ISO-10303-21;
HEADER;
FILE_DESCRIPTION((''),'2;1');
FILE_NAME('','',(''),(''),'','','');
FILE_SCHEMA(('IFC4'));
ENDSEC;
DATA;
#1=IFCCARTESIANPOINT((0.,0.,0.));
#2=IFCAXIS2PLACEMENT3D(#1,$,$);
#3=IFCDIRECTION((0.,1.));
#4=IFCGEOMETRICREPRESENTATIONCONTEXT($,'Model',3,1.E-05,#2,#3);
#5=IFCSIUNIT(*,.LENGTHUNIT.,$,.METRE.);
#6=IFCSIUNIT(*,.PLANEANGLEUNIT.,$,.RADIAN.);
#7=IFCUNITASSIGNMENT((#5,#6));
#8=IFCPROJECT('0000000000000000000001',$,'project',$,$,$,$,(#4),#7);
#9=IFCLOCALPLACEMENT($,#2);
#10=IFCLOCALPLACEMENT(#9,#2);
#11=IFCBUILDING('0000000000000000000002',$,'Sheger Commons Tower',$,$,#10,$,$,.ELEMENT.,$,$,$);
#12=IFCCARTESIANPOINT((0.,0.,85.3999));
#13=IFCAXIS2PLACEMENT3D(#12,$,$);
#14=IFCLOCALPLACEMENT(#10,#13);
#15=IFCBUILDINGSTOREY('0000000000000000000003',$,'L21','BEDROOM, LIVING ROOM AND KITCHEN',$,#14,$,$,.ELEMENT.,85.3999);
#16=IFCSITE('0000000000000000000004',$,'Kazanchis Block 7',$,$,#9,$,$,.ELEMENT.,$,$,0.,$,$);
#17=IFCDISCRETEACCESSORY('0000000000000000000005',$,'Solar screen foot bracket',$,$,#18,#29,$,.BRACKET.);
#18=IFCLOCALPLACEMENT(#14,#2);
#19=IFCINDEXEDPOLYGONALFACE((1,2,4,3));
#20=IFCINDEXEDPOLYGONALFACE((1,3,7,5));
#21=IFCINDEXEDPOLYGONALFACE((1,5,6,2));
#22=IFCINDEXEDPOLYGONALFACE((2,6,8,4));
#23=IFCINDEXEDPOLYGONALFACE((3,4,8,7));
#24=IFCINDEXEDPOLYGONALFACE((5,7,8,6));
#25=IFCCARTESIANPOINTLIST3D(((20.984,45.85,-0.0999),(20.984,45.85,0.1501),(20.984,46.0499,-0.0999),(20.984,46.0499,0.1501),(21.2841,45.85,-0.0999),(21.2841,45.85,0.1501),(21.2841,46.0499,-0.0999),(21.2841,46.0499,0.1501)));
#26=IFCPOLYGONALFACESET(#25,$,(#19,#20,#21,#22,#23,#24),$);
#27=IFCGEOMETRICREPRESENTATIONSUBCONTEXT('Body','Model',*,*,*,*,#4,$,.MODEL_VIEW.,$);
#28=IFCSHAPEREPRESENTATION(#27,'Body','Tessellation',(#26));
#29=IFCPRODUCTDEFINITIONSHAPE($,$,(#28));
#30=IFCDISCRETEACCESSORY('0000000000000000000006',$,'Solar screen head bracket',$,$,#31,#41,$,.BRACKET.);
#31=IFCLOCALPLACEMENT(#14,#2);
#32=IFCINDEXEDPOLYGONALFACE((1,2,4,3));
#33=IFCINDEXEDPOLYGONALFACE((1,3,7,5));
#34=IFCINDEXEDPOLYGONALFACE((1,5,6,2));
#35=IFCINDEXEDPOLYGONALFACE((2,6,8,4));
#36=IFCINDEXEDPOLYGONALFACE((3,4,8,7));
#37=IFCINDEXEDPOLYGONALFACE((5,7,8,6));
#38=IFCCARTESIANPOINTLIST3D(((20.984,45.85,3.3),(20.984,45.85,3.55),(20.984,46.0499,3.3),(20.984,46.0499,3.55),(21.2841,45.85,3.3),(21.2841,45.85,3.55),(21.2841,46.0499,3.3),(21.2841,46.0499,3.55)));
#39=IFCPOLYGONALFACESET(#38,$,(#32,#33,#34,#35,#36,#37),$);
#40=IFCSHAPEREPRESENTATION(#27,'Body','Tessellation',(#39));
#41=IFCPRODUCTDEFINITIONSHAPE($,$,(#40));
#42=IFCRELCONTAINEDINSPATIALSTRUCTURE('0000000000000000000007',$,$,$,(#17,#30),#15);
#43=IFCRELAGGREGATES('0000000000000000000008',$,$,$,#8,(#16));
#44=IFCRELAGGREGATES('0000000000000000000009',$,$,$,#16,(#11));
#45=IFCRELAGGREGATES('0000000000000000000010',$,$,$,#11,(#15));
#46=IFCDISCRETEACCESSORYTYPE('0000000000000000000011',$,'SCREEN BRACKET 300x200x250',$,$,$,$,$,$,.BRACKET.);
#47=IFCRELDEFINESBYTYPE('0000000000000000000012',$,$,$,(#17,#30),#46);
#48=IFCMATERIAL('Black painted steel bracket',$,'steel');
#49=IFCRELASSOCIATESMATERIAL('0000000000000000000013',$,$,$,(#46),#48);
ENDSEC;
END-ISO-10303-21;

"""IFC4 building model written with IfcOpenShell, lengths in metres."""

from ifc_helpers import new_model, si_unit, direction, frame, origin, origin_2d, place, context, subcontext, project, spatial, rectangle, extrude, material, type_object, element, save


model = new_model("IFC4")

# Units and contexts
model_context = context("Model", 3, precision=1e-05, world=origin(), true_north=direction((0.0, 1.0)))
body_context = subcontext(model_context, "Body", "Model", "MODEL_VIEW")
ifc_project = project(units=[si_unit("LENGTHUNIT", "METRE"), si_unit("PLANEANGLEUNIT", "RADIAN")], contexts=[model_context])

# Site, building, storey
site_placement = place(None, origin())
site = spatial("IfcSite", under=ifc_project, at=site_placement, Name="Kazanchis Block 7", CompositionType="ELEMENT", RefElevation=0.0)
building_placement = place(site_placement, origin())
building = spatial("IfcBuilding", under=site, at=building_placement, Name="Sheger Commons Tower", CompositionType="ELEMENT")
storey_placement = place(building_placement, frame((0.0, 0.0, 85.3999)))
storey = spatial("IfcBuildingStorey", under=building, at=storey_placement, Name="L21", Description="BEDROOM, LIVING ROOM AND KITCHEN", CompositionType="ELEMENT", Elevation=85.3999)

# Discrete accessories
ifc_material_1 = material(Name="Black painted steel bracket", Category="steel")
discrete_accessory_type = type_object("IfcDiscreteAccessoryType", Name="SCREEN BRACKET 300x200x250", PredefinedType="BRACKET", material=ifc_material_1)
for number, where, z_axis, x_axis, name in (
    (1, (21.134, 45.95, -0.0999), (0.0, 0.0, 1.0), (-1.0, 0.0, 0.0), "Solar screen foot bracket"),
    (2, (21.134, 45.95, 3.3), (0.0, 0.0, 1.0), (-1.0, 0.0, 0.0), "Solar screen head bracket"),
):
    element("IfcDiscreteAccessory", number, at=place(storey_placement, frame(where, z_axis=z_axis, x_axis=x_axis)), inside=storey, type_object=discrete_accessory_type, Name=name, PredefinedType="BRACKET", context=body_context, shape_type="SweptSolid", body=[
        extrude(rectangle(XDim=0.3, YDim=0.2, at=origin_2d()), origin(), (0.0, 0.0, 1.0), 0.25),
    ])

save(model, "model.ifc")
